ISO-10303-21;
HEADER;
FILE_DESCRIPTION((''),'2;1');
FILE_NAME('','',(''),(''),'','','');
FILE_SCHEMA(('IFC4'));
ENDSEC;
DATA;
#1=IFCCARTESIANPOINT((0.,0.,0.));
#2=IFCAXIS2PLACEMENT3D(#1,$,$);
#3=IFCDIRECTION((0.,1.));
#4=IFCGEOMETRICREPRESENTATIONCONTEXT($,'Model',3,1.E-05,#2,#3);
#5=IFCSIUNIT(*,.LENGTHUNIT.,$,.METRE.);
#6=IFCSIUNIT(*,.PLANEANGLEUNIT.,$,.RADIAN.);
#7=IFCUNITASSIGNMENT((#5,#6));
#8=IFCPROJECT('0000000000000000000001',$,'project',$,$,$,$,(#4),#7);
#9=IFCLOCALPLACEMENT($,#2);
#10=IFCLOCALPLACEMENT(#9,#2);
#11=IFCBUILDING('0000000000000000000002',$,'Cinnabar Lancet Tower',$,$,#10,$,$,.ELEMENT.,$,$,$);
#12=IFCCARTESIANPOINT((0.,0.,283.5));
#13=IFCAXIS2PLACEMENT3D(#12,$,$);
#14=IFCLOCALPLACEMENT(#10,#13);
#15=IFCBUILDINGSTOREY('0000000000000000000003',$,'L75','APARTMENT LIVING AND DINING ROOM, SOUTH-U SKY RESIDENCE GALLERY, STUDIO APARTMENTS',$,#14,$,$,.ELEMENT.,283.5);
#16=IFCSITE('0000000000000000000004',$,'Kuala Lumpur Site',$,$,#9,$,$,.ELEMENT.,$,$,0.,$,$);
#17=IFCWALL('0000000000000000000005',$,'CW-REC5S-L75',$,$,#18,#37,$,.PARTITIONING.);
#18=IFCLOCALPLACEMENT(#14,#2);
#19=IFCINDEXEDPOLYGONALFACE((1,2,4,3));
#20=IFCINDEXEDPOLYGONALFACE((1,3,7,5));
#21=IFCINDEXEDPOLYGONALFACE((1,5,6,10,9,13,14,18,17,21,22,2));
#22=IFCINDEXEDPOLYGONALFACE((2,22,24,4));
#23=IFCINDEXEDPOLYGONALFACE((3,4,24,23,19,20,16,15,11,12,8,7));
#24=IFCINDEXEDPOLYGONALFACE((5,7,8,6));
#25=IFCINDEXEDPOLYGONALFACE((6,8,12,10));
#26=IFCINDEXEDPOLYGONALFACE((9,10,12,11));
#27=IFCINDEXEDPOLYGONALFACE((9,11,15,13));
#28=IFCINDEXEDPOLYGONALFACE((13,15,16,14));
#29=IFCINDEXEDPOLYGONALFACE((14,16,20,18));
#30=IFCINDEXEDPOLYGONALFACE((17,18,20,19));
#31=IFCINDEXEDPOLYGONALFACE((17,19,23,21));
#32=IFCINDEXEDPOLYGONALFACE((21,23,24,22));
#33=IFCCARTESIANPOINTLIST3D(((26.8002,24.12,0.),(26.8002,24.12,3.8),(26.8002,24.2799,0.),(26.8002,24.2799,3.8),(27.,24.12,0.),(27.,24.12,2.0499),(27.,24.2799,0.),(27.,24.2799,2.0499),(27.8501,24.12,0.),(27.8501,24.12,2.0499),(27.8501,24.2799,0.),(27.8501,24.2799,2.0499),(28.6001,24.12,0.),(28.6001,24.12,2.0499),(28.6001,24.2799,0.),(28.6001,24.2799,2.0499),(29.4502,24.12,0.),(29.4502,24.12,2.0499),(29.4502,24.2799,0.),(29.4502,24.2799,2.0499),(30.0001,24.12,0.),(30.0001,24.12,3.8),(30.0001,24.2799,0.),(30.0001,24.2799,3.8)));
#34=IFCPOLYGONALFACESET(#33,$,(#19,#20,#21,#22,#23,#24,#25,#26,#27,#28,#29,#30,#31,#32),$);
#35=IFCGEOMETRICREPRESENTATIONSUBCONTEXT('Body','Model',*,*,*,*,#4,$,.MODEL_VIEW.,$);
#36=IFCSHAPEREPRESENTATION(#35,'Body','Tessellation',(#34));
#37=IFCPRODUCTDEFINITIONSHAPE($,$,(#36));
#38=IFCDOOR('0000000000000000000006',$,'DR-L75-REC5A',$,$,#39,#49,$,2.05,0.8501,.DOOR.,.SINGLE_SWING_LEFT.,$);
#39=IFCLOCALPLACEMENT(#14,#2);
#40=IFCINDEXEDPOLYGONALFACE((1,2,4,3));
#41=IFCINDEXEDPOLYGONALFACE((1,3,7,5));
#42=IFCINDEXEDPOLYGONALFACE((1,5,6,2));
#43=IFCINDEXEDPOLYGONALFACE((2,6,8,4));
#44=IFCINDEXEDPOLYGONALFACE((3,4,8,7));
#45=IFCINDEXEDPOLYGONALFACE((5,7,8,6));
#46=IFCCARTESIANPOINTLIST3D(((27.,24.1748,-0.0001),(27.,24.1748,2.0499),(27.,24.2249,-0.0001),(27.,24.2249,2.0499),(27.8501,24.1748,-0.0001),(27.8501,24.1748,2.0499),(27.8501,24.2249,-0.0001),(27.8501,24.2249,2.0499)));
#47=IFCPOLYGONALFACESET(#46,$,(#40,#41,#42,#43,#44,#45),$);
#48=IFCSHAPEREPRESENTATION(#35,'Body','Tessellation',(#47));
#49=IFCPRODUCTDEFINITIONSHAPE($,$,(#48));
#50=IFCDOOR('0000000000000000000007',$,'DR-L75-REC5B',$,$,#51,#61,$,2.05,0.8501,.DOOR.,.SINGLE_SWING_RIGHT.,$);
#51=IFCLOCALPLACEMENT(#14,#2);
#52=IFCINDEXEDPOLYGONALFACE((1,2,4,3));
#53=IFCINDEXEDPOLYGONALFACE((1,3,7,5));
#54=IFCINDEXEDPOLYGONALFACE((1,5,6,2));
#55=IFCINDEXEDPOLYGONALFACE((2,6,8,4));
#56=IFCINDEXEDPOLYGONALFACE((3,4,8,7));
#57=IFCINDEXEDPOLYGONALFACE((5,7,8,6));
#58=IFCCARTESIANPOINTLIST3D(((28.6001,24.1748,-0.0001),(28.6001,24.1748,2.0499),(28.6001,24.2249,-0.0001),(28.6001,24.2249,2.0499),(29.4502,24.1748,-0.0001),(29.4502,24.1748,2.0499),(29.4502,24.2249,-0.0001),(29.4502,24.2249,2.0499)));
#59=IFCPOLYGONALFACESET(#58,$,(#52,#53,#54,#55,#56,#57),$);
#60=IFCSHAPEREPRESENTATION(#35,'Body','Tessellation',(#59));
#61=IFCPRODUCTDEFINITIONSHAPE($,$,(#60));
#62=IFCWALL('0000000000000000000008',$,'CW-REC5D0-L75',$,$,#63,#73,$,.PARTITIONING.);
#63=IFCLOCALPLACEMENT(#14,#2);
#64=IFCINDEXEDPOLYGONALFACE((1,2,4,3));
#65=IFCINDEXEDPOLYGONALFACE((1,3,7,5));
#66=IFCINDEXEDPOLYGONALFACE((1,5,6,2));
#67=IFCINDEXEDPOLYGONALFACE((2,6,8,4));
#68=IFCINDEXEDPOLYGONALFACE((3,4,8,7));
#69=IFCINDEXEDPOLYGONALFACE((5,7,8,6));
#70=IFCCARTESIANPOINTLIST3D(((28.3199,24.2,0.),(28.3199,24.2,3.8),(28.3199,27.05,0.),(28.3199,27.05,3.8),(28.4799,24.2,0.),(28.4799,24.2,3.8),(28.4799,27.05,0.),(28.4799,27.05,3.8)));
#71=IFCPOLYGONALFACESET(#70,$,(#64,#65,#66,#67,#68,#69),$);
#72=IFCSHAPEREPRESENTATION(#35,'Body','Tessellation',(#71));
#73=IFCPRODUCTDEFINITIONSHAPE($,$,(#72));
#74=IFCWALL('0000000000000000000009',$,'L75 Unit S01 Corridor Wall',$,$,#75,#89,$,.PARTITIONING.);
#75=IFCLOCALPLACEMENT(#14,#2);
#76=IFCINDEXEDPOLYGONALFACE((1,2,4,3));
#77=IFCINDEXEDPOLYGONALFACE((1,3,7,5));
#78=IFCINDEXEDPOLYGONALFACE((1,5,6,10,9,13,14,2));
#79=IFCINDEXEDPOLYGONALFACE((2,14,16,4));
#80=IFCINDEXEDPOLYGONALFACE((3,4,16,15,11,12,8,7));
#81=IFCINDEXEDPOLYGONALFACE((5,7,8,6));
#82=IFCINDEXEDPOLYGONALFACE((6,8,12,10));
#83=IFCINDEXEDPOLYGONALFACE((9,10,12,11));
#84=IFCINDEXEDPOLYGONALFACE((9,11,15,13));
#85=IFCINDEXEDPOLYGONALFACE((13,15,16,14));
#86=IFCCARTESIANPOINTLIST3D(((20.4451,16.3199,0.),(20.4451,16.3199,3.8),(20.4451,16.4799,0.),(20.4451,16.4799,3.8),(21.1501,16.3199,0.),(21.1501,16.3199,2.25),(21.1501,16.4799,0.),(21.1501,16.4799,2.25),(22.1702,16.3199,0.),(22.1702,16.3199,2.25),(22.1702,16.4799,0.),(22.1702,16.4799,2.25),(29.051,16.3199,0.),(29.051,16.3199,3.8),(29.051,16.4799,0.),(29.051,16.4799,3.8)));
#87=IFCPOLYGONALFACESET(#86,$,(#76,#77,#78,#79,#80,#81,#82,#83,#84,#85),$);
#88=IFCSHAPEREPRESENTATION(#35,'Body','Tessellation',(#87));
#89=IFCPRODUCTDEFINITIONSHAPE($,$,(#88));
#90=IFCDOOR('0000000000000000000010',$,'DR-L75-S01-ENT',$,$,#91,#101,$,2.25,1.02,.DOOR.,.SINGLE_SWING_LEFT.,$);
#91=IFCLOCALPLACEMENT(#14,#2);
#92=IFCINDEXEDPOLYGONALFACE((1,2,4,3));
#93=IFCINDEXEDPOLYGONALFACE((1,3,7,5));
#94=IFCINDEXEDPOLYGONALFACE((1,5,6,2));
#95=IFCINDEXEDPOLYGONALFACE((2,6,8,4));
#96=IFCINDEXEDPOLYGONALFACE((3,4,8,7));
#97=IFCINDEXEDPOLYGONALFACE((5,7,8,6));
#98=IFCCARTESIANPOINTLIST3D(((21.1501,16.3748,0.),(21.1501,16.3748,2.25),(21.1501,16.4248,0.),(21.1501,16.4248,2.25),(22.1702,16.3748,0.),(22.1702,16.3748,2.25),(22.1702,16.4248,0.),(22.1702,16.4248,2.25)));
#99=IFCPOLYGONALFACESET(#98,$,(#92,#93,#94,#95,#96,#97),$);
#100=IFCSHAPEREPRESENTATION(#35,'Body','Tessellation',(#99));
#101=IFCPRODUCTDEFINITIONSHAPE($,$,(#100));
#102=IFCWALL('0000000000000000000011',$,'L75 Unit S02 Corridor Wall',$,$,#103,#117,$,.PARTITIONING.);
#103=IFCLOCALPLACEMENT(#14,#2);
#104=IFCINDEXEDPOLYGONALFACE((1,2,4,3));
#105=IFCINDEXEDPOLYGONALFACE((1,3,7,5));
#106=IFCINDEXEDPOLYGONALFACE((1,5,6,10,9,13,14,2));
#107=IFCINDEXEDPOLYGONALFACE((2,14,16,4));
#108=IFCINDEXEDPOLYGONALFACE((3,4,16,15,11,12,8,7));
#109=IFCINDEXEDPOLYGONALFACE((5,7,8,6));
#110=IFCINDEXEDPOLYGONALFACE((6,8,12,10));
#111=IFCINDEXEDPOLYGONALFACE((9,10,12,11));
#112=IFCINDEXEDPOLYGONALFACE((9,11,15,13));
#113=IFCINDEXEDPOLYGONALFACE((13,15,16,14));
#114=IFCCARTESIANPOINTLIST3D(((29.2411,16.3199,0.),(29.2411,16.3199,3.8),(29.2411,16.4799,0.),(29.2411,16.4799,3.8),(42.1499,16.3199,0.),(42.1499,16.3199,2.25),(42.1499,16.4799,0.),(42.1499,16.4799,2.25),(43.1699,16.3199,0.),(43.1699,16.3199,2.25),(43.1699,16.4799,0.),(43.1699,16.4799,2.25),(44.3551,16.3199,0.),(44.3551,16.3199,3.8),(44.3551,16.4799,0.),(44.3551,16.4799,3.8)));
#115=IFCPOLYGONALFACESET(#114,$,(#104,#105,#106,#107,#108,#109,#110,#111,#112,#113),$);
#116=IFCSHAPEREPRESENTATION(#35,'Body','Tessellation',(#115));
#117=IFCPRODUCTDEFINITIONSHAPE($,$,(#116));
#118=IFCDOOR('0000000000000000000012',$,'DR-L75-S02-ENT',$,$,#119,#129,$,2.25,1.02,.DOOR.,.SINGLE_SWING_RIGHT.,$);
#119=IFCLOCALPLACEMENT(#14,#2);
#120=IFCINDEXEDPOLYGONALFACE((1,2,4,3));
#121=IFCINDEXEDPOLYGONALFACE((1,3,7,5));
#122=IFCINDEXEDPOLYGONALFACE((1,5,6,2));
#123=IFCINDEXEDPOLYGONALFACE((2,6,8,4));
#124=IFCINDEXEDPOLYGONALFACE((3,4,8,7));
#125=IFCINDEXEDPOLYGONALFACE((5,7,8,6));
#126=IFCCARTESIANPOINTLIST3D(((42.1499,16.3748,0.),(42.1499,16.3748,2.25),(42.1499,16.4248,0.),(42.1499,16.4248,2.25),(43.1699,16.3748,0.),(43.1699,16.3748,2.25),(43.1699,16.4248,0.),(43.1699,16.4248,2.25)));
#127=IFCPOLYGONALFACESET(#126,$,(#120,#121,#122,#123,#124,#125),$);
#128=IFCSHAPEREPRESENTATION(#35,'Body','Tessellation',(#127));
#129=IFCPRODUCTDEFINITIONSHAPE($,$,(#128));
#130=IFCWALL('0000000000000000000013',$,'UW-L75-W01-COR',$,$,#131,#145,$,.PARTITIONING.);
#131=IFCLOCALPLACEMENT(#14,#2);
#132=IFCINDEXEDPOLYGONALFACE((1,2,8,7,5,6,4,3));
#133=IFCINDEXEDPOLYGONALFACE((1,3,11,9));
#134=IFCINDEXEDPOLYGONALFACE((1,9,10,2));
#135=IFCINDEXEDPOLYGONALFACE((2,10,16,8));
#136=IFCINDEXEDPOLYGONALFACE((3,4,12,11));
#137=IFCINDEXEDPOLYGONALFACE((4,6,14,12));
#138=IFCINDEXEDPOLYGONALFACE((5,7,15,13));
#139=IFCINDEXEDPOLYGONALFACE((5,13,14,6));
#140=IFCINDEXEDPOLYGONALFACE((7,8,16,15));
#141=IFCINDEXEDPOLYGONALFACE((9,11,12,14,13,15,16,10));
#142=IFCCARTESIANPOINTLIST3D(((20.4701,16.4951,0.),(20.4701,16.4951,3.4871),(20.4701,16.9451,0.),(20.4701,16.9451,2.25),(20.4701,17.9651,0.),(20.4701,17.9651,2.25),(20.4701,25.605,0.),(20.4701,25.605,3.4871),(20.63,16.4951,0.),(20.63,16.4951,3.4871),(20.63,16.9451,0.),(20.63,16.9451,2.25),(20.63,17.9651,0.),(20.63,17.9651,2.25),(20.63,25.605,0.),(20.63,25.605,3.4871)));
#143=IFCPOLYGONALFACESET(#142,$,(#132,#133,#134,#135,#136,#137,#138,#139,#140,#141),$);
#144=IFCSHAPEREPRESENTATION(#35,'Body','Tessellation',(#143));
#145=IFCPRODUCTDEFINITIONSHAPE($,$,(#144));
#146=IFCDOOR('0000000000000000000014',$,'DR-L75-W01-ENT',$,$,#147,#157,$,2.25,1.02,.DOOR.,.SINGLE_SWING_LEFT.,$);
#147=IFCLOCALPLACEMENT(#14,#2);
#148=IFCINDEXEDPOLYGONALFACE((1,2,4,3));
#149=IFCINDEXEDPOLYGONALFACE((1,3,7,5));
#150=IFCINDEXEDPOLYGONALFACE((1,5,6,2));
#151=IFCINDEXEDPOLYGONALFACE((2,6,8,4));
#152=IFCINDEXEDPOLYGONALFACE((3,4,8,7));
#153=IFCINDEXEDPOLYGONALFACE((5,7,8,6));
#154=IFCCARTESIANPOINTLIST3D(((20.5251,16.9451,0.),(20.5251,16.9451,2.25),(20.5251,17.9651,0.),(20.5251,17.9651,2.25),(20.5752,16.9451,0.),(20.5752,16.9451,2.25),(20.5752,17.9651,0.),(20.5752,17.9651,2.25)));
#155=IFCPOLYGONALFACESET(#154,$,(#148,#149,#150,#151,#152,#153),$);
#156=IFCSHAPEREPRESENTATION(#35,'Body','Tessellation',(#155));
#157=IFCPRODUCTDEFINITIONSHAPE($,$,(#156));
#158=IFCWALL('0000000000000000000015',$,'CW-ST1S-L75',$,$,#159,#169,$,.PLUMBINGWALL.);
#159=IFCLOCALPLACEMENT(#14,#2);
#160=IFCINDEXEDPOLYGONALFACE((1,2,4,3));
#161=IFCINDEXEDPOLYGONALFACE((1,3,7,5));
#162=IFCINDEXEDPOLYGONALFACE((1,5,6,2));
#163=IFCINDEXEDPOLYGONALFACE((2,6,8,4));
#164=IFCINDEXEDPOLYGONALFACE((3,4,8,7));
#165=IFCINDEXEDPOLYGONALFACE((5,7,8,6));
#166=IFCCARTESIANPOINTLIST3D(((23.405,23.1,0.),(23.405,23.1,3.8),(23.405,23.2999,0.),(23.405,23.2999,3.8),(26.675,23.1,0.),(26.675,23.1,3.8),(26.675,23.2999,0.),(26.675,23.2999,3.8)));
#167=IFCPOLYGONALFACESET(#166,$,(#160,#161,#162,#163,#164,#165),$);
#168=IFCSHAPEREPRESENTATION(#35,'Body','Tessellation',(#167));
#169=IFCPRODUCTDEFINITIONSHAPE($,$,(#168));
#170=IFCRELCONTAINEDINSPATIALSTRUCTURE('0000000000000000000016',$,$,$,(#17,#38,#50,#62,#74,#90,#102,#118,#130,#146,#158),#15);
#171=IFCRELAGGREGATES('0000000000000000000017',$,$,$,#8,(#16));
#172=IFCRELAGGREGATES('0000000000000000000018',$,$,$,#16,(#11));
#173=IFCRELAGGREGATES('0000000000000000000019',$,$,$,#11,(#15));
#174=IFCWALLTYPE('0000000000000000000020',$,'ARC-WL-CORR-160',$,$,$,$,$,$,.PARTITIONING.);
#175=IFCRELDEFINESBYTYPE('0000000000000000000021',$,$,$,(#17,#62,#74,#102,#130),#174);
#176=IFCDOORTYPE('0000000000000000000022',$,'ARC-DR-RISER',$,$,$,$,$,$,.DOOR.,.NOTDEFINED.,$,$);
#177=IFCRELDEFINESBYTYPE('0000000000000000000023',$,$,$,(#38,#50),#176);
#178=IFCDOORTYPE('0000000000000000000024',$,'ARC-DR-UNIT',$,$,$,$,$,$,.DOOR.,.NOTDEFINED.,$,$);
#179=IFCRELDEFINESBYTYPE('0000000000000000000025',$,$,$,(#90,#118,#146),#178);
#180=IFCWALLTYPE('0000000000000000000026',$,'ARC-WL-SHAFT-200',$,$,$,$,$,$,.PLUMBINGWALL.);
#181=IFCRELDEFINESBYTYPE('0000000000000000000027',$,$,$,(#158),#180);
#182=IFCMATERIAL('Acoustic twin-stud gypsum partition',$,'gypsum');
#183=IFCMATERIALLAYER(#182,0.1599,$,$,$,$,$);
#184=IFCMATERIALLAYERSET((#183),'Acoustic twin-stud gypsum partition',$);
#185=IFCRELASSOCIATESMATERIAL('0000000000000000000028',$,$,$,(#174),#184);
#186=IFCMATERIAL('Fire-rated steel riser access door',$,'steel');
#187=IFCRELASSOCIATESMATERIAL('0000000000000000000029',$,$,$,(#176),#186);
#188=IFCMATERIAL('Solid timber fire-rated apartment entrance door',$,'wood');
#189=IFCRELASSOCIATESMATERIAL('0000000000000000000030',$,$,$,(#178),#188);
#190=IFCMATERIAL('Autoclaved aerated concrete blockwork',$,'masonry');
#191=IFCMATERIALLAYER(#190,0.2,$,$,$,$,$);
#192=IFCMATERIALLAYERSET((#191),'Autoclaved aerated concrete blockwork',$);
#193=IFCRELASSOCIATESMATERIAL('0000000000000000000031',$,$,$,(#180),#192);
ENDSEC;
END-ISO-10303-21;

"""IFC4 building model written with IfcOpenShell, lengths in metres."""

from ifc_helpers import new_model, si_unit, direction, frame, frame_2d, origin, place, context, subcontext, project, spatial, rectangle, extrude, material, layer, layer_set, type_object, element, fill, save


model = new_model("IFC4")

# Units and contexts
model_context = context("Model", 3, precision=1e-05, world=origin(), true_north=direction((0.0, 1.0)))
body_context = subcontext(model_context, "Body", "Model", "MODEL_VIEW")
ifc_project = project(units=[si_unit("LENGTHUNIT", "METRE"), si_unit("PLANEANGLEUNIT", "RADIAN")], contexts=[model_context])

# Site, building, storey
site_placement = place(None, origin())
site = spatial("IfcSite", under=ifc_project, at=site_placement, Name="Kuala Lumpur Site", CompositionType="ELEMENT", RefElevation=0.0)
building_placement = place(site_placement, origin())
building = spatial("IfcBuilding", under=site, at=building_placement, Name="Cinnabar Lancet Tower", CompositionType="ELEMENT")
storey_placement = place(building_placement, frame((0.0, 0.0, 283.5)))
storey = spatial("IfcBuildingStorey", under=building, at=storey_placement, Name="L75", Description="APARTMENT LIVING AND DINING ROOM, SOUTH-U SKY RESIDENCE GALLERY, STUDIO APARTMENTS", CompositionType="ELEMENT", Elevation=283.5)

# Wall, openings, doors
ifc_material_1 = material(Name="Acoustic twin-stud gypsum partition", Category="gypsum")
ifc_layer_1 = layer(ifc_material_1, 0.1599)
ifc_layer_set_1 = layer_set([ifc_layer_1], Name="Acoustic twin-stud gypsum partition")
wall_type_1 = type_object("IfcWallType", Name="ARC-WL-CORR-160", PredefinedType="PARTITIONING", material=ifc_layer_set_1)
wall_1_placement = place(storey_placement, frame((26.8, 24.2, 0.0), z_axis=(0.0, 0.0, 1.0), x_axis=(1.0, 0.0, 0.0)))
wall_1 = element("IfcWall", 1, at=wall_1_placement, inside=storey, type_object=wall_type_1, Name="CW-REC5S-L75", PredefinedType="PARTITIONING", context=body_context, shape_type="SweptSolid", body=[
    extrude(rectangle(XDim=3.2, YDim=0.1599, at=frame_2d((1.6001, 0.0))), origin(), (0.0, 0.0, 1.0), 3.8),
])
opening_1_placement = place(wall_1_placement, frame((0.2, 0.0, 0.0)))
opening_1 = element("IfcOpeningElement", 2, at=opening_1_placement, cuts=wall_1, PredefinedType="OPENING", context=body_context, shape_type="SweptSolid", body=[
    extrude(rectangle(XDim=0.8501, YDim=2.05, at=frame_2d((0.425, 1.0249))), frame((0.0, 0.0898, 0.0), z_axis=(0.0, -1.0, 0.0), x_axis=(1.0, 0.0, 0.0)), (0.0, 0.0, 1.0), 0.1799),
])
opening_2_placement = place(wall_1_placement, frame((1.8, 0.0, 0.0)))
opening_2 = element("IfcOpeningElement", 3, at=opening_2_placement, cuts=wall_1, PredefinedType="OPENING", context=body_context, shape_type="SweptSolid", body=[
    extrude(rectangle(XDim=0.8501, YDim=2.05, at=frame_2d((0.425, 1.0249))), frame((0.0, 0.0898, 0.0), z_axis=(0.0, -1.0, 0.0), x_axis=(1.0, 0.0, 0.0)), (0.0, 0.0, 1.0), 0.1799),
])
ifc_material_2 = material(Name="Fire-rated steel riser access door", Category="steel")
door_type_1 = type_object("IfcDoorType", Name="ARC-DR-RISER", OperationType="NOTDEFINED", PredefinedType="DOOR", material=ifc_material_2)
door_1_placement = place(opening_1_placement, origin())
door_1 = element("IfcDoor", 4, at=door_1_placement, inside=storey, type_object=door_type_1, Name="DR-L75-REC5A", OperationType="SINGLE_SWING_LEFT", OverallHeight=2.05, OverallWidth=0.8501, PredefinedType="DOOR", context=body_context, shape_type="SweptSolid", body=[
    extrude(rectangle(XDim=0.8501, YDim=2.05, at=frame_2d((0.425, 1.0249))), frame((0.0, 0.0249, 0.0), z_axis=(0.0, -1.0, 0.0), x_axis=(1.0, 0.0, 0.0)), (0.0, 0.0, 1.0), 0.05),
])
fill(opening_1, door_1)
door_2_placement = place(opening_2_placement, origin())
door_2 = element("IfcDoor", 5, at=door_2_placement, inside=storey, type_object=door_type_1, Name="DR-L75-REC5B", OperationType="SINGLE_SWING_RIGHT", OverallHeight=2.05, OverallWidth=0.8501, PredefinedType="DOOR", context=body_context, shape_type="SweptSolid", body=[
    extrude(rectangle(XDim=0.8501, YDim=2.05, at=frame_2d((0.425, 1.0249))), frame((0.0, 0.0249, 0.0), z_axis=(0.0, -1.0, 0.0), x_axis=(1.0, 0.0, 0.0)), (0.0, 0.0, 1.0), 0.05),
])
fill(opening_2, door_2)

# Wall
wall_2_placement = place(storey_placement, frame((28.3999, 24.2, 0.0), z_axis=(0.0, 0.0, 1.0), x_axis=(0.0, 1.0, 0.0)))
element("IfcWall", 6, at=wall_2_placement, inside=storey, type_object=wall_type_1, Name="CW-REC5D0-L75", PredefinedType="PARTITIONING", context=body_context, shape_type="SweptSolid", body=[
    extrude(rectangle(XDim=2.8501, YDim=0.1599, at=frame_2d((1.425, 0.0))), origin(), (0.0, 0.0, 1.0), 3.8),
])

# Walls, openings, doors
wall_3_placement = place(storey_placement, frame((20.4451, 16.3999, 0.0), z_axis=(0.0, 0.0, 1.0), x_axis=(1.0, 0.0, 0.0)))
wall_3 = element("IfcWall", 7, at=wall_3_placement, inside=storey, type_object=wall_type_1, Name="L75 Unit S01 Corridor Wall", PredefinedType="PARTITIONING", context=body_context, shape_type="SweptSolid", body=[
    extrude(rectangle(XDim=8.606, YDim=0.1599, at=frame_2d((4.303, 0.0))), origin(), (0.0, 0.0, 1.0), 3.8),
])
opening_3_placement = place(wall_3_placement, frame((0.7051, 0.0, 0.0)))
opening_3 = element("IfcOpeningElement", 8, at=opening_3_placement, cuts=wall_3, PredefinedType="OPENING", context=body_context, shape_type="SweptSolid", body=[
    extrude(rectangle(XDim=1.02, YDim=2.25, at=frame_2d((0.51, 1.125))), frame((0.0, 0.0898, 0.0), z_axis=(0.0, -1.0, 0.0), x_axis=(1.0, 0.0, 0.0)), (0.0, 0.0, 1.0), 0.1799),
])
ifc_material_3 = material(Name="Solid timber fire-rated apartment entrance door", Category="wood")
door_type_2 = type_object("IfcDoorType", Name="ARC-DR-UNIT", OperationType="NOTDEFINED", PredefinedType="DOOR", material=ifc_material_3)
door_3_placement = place(opening_3_placement, origin())
door_3 = element("IfcDoor", 9, at=door_3_placement, inside=storey, type_object=door_type_2, Name="DR-L75-S01-ENT", OperationType="SINGLE_SWING_LEFT", OverallHeight=2.25, OverallWidth=1.02, PredefinedType="DOOR", context=body_context, shape_type="SweptSolid", body=[
    extrude(rectangle(XDim=1.02, YDim=2.25, at=frame_2d((0.51, 1.125))), frame((0.0, 0.0249, 0.0), z_axis=(0.0, -1.0, 0.0), x_axis=(1.0, 0.0, 0.0)), (0.0, 0.0, 1.0), 0.05),
])
fill(opening_3, door_3)
wall_4_placement = place(storey_placement, frame((29.241, 16.3999, 0.0), z_axis=(0.0, 0.0, 1.0), x_axis=(1.0, 0.0, 0.0)))
wall_4 = element("IfcWall", 10, at=wall_4_placement, inside=storey, type_object=wall_type_1, Name="L75 Unit S02 Corridor Wall", PredefinedType="PARTITIONING", context=body_context, shape_type="SweptSolid", body=[
    extrude(rectangle(XDim=15.114, YDim=0.1599, at=frame_2d((7.5571, 0.0))), origin(), (0.0, 0.0, 1.0), 3.8),
])
opening_4_placement = place(wall_4_placement, frame((12.9089, 0.0, 0.0)))
opening_4 = element("IfcOpeningElement", 11, at=opening_4_placement, cuts=wall_4, PredefinedType="OPENING", context=body_context, shape_type="SweptSolid", body=[
    extrude(rectangle(XDim=1.02, YDim=2.25, at=frame_2d((0.51, 1.125))), frame((0.0, 0.0898, 0.0), z_axis=(0.0, -1.0, 0.0), x_axis=(1.0, 0.0, 0.0)), (0.0, 0.0, 1.0), 0.1799),
])
door_4_placement = place(opening_4_placement, origin())
door_4 = element("IfcDoor", 12, at=door_4_placement, inside=storey, type_object=door_type_2, Name="DR-L75-S02-ENT", OperationType="SINGLE_SWING_RIGHT", OverallHeight=2.25, OverallWidth=1.02, PredefinedType="DOOR", context=body_context, shape_type="SweptSolid", body=[
    extrude(rectangle(XDim=1.02, YDim=2.25, at=frame_2d((0.51, 1.125))), frame((0.0, 0.0249, 0.0), z_axis=(0.0, -1.0, 0.0), x_axis=(1.0, 0.0, 0.0)), (0.0, 0.0, 1.0), 0.05),
])
fill(opening_4, door_4)
wall_5_placement = place(storey_placement, frame((20.55, 16.4951, 0.0), z_axis=(0.0, 0.0, 1.0), x_axis=(0.0, 1.0, 0.0)))
wall_5 = element("IfcWall", 13, at=wall_5_placement, inside=storey, type_object=wall_type_1, Name="UW-L75-W01-COR", PredefinedType="PARTITIONING", context=body_context, shape_type="SweptSolid", body=[
    extrude(rectangle(XDim=9.1099, YDim=0.1599, at=frame_2d((4.5549, 0.0))), origin(), (0.0, 0.0, 1.0), 3.4871),
])
opening_5_placement = place(wall_5_placement, frame((0.45, 0.0, 0.0)))
opening_5 = element("IfcOpeningElement", 14, at=opening_5_placement, cuts=wall_5, PredefinedType="OPENING", context=body_context, shape_type="SweptSolid", body=[
    extrude(rectangle(XDim=1.02, YDim=2.25, at=frame_2d((0.51, 1.125))), frame((0.0, 0.0898, 0.0), z_axis=(0.0, -1.0, 0.0), x_axis=(1.0, 0.0, 0.0)), (0.0, 0.0, 1.0), 0.1799),
])
door_5_placement = place(opening_5_placement, origin())
door_5 = element("IfcDoor", 15, at=door_5_placement, inside=storey, type_object=door_type_2, Name="DR-L75-W01-ENT", OperationType="SINGLE_SWING_LEFT", OverallHeight=2.25, OverallWidth=1.02, PredefinedType="DOOR", context=body_context, shape_type="SweptSolid", body=[
    extrude(rectangle(XDim=1.02, YDim=2.25, at=frame_2d((0.51, 1.125))), frame((0.0, 0.0249, 0.0), z_axis=(0.0, -1.0, 0.0), x_axis=(1.0, 0.0, 0.0)), (0.0, 0.0, 1.0), 0.05),
])
fill(opening_5, door_5)

# Wall
ifc_material_4 = material(Name="Autoclaved aerated concrete blockwork", Category="masonry")
ifc_layer_2 = layer(ifc_material_4, 0.2)
ifc_layer_set_2 = layer_set([ifc_layer_2], Name="Autoclaved aerated concrete blockwork")
wall_type_2 = type_object("IfcWallType", Name="ARC-WL-SHAFT-200", PredefinedType="PLUMBINGWALL", material=ifc_layer_set_2)
wall_6_placement = place(storey_placement, frame((23.405, 23.2, 0.0), z_axis=(0.0, 0.0, 1.0), x_axis=(1.0, 0.0, 0.0)))
element("IfcWall", 16, at=wall_6_placement, inside=storey, type_object=wall_type_2, Name="CW-ST1S-L75", PredefinedType="PLUMBINGWALL", context=body_context, shape_type="SweptSolid", body=[
    extrude(rectangle(XDim=3.27, YDim=0.2, at=frame_2d((1.635, 0.0))), origin(), (0.0, 0.0, 1.0), 3.8),
])

save(model, "model.ifc")
